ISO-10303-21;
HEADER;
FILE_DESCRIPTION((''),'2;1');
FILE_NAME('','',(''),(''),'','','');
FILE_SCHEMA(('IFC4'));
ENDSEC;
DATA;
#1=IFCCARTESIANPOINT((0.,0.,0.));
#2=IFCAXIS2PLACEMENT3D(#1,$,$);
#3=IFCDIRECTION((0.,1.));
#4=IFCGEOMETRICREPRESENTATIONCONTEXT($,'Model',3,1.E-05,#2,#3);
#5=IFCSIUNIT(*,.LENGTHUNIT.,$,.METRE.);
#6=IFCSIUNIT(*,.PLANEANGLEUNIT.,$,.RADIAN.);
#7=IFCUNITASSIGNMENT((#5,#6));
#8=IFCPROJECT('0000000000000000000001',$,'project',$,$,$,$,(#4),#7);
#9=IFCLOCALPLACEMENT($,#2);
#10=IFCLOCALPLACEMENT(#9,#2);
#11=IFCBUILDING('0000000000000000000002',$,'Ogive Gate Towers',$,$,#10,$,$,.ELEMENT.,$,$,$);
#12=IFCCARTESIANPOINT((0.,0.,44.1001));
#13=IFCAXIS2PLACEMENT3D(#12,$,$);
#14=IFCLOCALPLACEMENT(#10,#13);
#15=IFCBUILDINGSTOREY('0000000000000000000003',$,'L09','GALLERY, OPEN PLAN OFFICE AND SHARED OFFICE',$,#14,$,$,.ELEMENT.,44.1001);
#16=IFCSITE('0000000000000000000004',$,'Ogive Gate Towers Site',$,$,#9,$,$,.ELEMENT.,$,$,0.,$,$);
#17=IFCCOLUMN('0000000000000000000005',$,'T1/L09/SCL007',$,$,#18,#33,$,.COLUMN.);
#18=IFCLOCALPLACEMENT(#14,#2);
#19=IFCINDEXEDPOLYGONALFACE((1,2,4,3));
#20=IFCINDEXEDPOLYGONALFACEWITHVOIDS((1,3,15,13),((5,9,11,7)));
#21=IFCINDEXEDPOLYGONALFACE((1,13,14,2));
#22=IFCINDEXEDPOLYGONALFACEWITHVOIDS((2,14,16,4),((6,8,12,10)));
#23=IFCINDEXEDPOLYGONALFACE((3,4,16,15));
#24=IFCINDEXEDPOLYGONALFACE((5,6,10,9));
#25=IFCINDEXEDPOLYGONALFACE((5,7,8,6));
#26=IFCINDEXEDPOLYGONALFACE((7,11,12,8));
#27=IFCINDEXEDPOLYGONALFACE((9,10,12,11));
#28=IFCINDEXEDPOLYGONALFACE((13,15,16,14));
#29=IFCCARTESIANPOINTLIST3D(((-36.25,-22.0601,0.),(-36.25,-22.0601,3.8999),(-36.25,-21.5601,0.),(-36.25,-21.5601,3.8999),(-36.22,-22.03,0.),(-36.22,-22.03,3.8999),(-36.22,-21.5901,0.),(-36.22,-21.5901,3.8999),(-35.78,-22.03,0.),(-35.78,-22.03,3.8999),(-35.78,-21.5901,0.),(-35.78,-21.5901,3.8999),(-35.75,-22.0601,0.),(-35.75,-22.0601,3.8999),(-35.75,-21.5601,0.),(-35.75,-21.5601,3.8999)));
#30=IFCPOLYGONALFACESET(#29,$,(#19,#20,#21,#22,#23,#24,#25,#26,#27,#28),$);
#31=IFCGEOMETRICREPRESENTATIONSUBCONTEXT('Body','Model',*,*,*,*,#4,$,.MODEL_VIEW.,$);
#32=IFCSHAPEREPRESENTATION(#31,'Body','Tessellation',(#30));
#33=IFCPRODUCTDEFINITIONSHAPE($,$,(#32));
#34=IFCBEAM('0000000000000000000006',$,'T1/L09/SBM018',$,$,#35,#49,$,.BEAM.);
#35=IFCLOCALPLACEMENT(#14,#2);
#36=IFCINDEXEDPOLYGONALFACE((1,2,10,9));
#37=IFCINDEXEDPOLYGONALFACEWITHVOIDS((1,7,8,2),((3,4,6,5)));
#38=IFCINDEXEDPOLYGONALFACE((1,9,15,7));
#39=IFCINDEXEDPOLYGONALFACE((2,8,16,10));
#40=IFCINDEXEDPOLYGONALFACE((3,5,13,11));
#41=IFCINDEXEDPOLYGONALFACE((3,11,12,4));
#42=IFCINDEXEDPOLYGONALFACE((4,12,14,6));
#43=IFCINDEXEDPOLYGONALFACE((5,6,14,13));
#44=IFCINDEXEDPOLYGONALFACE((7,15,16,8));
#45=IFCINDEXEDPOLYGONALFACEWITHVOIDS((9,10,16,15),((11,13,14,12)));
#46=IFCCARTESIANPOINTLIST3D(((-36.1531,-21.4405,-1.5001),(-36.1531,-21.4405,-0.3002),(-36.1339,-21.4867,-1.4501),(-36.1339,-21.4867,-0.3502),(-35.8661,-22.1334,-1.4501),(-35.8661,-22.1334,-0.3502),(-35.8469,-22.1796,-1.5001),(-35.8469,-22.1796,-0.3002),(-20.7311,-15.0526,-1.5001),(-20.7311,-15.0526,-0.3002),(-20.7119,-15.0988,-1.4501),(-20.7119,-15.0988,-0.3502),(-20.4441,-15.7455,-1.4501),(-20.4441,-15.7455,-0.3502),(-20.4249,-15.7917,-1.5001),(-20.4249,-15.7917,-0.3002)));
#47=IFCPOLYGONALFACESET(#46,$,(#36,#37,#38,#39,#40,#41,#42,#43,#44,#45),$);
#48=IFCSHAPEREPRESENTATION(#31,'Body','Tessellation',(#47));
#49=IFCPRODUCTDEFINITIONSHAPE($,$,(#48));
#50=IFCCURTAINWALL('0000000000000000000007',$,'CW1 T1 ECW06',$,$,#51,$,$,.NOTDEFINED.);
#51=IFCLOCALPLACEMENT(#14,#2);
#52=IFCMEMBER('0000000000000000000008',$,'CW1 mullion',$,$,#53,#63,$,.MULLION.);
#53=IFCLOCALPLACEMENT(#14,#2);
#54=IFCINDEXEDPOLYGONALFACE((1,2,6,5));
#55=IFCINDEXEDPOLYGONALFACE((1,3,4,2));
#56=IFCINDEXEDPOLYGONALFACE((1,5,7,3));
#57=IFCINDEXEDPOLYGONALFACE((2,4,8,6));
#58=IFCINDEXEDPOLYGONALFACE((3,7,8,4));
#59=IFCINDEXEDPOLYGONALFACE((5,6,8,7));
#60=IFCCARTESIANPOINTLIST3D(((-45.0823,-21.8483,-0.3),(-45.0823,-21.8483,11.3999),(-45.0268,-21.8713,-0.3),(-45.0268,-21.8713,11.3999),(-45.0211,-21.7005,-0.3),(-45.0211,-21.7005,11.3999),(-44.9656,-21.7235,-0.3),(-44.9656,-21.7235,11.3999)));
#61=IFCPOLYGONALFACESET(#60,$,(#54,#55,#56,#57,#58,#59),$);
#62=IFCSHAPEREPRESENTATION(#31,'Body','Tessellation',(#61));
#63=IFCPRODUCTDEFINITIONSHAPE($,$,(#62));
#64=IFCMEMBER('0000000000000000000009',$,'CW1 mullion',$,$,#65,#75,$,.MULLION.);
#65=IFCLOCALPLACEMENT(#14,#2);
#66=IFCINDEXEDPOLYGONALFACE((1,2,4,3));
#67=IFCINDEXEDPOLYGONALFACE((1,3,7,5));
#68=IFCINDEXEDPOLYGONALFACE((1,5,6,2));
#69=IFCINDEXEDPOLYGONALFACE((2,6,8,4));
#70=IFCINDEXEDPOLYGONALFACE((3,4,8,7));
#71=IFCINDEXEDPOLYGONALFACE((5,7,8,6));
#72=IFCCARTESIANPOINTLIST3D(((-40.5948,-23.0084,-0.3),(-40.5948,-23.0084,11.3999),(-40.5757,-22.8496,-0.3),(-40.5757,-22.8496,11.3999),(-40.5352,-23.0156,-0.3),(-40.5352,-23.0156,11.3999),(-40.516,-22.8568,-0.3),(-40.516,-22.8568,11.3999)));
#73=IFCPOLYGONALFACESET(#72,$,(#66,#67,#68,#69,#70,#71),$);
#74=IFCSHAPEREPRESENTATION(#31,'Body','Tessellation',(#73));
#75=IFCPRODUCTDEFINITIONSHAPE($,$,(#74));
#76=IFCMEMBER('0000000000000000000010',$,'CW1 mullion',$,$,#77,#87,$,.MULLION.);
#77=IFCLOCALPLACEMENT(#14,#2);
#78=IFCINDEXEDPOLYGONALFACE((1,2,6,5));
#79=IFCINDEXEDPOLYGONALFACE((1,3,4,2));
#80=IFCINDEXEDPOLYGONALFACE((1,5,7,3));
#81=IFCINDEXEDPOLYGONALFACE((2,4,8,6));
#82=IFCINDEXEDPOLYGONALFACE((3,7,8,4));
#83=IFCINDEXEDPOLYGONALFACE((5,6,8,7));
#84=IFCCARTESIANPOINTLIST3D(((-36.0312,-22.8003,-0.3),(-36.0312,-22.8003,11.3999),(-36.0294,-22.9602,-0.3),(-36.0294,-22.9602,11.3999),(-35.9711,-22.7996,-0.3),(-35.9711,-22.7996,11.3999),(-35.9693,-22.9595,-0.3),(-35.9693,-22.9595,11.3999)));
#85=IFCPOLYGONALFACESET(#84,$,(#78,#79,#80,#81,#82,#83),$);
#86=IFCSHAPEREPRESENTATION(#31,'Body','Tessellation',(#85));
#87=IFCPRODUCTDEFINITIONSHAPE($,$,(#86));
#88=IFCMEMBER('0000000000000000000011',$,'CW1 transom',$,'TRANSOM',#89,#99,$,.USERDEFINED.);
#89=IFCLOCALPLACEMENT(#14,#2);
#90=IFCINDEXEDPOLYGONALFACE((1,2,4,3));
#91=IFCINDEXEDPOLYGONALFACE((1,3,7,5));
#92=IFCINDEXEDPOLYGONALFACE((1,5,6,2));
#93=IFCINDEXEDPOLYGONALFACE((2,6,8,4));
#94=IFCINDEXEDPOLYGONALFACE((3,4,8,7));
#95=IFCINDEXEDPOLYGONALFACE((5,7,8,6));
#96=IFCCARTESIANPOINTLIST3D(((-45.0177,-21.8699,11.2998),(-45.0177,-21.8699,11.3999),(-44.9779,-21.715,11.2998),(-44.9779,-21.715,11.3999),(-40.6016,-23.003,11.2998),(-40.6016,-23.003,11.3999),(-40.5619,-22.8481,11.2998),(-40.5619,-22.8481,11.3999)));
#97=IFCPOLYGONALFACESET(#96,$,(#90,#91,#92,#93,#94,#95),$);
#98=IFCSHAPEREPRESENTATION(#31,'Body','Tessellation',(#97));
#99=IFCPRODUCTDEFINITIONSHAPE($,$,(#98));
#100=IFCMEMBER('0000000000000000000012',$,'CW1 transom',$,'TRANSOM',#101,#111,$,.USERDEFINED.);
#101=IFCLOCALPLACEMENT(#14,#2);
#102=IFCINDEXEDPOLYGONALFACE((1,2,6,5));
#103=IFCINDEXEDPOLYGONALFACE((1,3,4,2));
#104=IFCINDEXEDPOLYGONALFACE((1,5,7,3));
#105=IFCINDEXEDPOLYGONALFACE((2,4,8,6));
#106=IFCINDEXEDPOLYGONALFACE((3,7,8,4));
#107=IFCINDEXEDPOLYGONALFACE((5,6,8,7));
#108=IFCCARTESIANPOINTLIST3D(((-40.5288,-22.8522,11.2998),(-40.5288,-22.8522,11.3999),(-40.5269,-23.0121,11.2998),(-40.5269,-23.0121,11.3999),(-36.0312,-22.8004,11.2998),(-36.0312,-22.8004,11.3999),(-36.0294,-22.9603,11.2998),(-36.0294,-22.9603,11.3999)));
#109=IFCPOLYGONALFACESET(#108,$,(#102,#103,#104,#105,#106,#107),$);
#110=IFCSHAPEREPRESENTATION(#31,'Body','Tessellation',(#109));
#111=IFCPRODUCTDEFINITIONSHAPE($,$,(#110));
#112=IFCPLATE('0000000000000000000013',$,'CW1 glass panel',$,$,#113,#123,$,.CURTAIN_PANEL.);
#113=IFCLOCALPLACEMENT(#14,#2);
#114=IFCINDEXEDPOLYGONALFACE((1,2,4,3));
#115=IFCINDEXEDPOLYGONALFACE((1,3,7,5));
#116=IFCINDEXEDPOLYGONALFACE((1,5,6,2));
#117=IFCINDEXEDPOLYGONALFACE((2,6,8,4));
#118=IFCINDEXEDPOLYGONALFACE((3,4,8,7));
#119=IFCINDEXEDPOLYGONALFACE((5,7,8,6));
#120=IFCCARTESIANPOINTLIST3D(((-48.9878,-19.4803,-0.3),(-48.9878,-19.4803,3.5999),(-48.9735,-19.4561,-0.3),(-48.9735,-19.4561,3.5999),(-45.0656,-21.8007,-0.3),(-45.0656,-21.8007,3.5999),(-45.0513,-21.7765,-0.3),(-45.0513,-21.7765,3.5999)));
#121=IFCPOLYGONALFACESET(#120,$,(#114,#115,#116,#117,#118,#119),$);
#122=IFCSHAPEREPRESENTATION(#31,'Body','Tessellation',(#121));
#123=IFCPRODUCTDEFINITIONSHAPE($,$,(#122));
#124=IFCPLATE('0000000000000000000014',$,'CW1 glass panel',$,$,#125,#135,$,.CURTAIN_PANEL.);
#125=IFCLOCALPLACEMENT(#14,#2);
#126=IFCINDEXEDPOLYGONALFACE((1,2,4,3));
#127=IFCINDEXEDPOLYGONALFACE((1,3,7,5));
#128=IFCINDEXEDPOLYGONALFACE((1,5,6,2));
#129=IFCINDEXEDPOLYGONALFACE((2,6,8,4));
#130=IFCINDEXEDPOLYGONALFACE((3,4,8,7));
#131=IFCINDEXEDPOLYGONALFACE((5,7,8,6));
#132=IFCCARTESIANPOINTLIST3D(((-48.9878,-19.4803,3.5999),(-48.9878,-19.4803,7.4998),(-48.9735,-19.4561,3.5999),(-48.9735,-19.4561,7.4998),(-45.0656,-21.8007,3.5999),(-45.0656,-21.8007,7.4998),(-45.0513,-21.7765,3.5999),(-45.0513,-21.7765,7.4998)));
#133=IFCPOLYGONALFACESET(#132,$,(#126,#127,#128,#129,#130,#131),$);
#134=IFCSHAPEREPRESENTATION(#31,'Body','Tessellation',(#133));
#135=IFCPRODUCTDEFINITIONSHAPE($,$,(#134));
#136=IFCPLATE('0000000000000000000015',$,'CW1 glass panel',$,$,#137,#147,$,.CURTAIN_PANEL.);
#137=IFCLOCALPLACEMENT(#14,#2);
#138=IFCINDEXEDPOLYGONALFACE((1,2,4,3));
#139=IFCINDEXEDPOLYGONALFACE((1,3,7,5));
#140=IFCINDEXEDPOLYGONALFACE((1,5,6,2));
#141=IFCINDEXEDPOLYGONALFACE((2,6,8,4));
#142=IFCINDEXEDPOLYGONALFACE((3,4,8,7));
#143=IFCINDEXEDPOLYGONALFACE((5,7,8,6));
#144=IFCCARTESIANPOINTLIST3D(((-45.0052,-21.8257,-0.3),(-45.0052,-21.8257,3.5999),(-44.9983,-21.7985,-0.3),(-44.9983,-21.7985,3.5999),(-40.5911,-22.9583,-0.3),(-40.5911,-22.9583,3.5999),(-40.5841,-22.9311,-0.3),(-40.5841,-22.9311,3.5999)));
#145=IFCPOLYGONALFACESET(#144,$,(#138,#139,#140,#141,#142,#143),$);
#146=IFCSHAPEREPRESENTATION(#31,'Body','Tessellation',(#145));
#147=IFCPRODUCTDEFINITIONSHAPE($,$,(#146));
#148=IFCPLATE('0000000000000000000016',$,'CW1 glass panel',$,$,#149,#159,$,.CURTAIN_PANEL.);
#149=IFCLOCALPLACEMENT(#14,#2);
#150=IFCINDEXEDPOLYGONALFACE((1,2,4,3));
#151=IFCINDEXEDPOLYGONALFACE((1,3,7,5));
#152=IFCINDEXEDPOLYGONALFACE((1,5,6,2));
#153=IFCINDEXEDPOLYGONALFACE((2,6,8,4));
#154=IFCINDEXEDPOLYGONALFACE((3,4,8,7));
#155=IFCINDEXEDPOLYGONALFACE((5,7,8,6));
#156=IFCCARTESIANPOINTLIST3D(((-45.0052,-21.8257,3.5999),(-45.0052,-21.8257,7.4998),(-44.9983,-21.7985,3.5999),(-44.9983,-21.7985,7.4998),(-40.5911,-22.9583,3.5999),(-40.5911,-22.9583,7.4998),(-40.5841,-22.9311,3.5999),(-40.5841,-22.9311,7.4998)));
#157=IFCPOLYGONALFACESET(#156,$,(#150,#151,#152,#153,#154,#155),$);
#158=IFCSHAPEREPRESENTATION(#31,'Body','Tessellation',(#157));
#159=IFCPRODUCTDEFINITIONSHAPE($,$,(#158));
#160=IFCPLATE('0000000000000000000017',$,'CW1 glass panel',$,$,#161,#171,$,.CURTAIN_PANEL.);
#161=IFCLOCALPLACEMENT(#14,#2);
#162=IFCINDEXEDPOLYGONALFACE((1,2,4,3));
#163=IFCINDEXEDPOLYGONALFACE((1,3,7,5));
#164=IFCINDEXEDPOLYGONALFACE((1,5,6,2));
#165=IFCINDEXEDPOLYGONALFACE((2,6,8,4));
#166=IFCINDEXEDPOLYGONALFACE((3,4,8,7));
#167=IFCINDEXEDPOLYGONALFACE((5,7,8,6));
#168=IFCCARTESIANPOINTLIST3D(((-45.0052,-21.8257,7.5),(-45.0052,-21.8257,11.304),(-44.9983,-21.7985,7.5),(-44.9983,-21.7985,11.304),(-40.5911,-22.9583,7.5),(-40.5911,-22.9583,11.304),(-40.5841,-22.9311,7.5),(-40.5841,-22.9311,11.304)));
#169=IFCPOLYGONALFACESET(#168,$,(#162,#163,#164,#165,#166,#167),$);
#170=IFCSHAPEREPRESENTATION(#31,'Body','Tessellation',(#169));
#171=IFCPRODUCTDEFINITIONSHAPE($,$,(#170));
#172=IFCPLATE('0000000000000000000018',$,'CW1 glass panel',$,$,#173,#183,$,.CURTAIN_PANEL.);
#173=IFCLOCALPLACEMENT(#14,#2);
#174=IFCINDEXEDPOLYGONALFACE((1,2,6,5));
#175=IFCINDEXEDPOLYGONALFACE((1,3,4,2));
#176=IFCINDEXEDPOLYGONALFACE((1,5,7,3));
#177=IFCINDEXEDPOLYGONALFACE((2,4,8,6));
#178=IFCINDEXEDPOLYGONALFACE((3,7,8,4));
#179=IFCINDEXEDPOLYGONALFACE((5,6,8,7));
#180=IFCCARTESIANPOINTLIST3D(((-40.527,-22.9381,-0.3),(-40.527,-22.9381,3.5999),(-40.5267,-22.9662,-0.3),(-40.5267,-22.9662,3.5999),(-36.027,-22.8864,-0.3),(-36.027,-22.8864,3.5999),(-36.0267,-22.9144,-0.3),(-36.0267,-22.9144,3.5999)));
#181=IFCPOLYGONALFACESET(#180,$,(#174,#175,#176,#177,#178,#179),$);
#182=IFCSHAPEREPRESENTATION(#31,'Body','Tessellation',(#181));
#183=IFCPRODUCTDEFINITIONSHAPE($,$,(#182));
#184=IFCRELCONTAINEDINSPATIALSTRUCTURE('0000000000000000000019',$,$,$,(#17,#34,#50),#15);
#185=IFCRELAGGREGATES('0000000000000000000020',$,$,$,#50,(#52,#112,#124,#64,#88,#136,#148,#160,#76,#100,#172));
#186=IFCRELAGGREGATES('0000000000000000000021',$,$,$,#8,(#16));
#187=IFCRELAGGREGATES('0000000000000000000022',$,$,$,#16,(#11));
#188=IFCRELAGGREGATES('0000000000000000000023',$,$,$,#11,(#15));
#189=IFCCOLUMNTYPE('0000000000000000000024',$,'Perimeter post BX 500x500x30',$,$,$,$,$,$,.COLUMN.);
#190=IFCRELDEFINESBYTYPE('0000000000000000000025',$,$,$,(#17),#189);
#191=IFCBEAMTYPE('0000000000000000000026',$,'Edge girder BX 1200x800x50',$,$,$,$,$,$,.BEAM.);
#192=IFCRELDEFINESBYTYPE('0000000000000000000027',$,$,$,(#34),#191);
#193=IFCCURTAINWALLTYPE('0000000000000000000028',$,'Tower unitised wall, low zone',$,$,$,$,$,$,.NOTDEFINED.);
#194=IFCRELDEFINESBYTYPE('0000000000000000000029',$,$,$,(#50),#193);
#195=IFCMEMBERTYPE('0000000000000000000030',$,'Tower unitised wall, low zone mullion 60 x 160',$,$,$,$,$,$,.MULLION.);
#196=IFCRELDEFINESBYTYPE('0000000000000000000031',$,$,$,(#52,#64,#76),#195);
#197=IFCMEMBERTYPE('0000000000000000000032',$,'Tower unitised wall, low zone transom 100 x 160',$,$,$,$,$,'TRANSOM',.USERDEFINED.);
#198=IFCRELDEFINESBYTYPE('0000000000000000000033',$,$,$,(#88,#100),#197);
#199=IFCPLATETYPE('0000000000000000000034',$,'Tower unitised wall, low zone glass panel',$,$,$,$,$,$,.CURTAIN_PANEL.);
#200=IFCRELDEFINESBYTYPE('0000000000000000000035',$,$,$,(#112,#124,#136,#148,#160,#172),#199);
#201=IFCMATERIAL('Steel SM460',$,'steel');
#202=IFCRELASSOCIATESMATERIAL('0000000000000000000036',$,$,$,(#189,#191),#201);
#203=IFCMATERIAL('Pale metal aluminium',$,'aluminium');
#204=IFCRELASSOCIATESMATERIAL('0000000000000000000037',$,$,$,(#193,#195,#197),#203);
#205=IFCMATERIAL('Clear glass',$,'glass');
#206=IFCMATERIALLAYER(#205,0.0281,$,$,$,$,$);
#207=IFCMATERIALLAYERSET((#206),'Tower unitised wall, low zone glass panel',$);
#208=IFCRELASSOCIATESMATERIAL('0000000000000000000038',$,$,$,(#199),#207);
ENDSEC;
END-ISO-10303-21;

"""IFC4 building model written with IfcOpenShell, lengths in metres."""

from ifc_helpers import new_model, si_unit, direction, frame, origin, origin_2d, place, context, subcontext, project, spatial, rectangle, hollow_rectangle, extrude, material, layer, layer_set, material_profile, profile_set, type_object, element, aggregate, save


model = new_model("IFC4")

# Units and contexts
model_context = context("Model", 3, precision=1e-05, world=origin(), true_north=direction((0.0, 1.0)))
body_context = subcontext(model_context, "Body", "Model", "MODEL_VIEW")
ifc_project = project(units=[si_unit("LENGTHUNIT", "METRE"), si_unit("PLANEANGLEUNIT", "RADIAN")], contexts=[model_context])

# Site, building, storey
site_placement = place(None, origin())
site = spatial("IfcSite", under=ifc_project, at=site_placement, Name="Ogive Gate Towers Site", CompositionType="ELEMENT", RefElevation=0.0)
building_placement = place(site_placement, origin())
building = spatial("IfcBuilding", under=site, at=building_placement, Name="Ogive Gate Towers", CompositionType="ELEMENT")
storey_placement = place(building_placement, frame((0.0, 0.0, 44.1001)))
storey = spatial("IfcBuildingStorey", under=building, at=storey_placement, Name="L09", Description="GALLERY, OPEN PLAN OFFICE AND SHARED OFFICE", CompositionType="ELEMENT", Elevation=44.1001)

# Column
ifc_material_1 = material(Name="Steel SM460", Category="steel")
ifc_material_profile_1 = material_profile(ifc_material_1, hollow_rectangle(XDim=0.5, YDim=0.5, WallThickness=0.03, at=origin_2d()), Name="BX 500x500x30")
ifc_profile_set_1 = profile_set([ifc_material_profile_1], Name="Steel SM460")
column_type = type_object("IfcColumnType", Name="Perimeter post BX 500x500x30", PredefinedType="COLUMN", material=ifc_profile_set_1)
column_placement = place(storey_placement, frame((-36.0, -21.8101, 0.0), z_axis=(0.0, 0.0, 1.0), x_axis=(1.0, 0.0, 0.0)))
element("IfcColumn", 1, at=column_placement, inside=storey, type_object=column_type, Name="T1/L09/SCL007", PredefinedType="COLUMN", context=body_context, shape_type="SweptSolid", body=[
    extrude(hollow_rectangle(XDim=0.5, YDim=0.5, WallThickness=0.03, at=origin_2d()), origin(), (0.0, 0.0, 1.0), 3.8999),
])

# Beam
ifc_material_profile_2 = material_profile(ifc_material_1, hollow_rectangle(XDim=0.8, YDim=1.2, WallThickness=0.05, at=origin_2d()), Name="BX 1200x800x50")
ifc_profile_set_2 = profile_set([ifc_material_profile_2], Name="Steel SM460")
beam_type = type_object("IfcBeamType", Name="Edge girder BX 1200x800x50", PredefinedType="BEAM", material=ifc_profile_set_2)
beam_placement = place(storey_placement, frame((-36.0, -21.8101, -0.9001), z_axis=(0.923882, 0.382678, 0.0), x_axis=(-0.382678, 0.923882, 0.0)))
element("IfcBeam", 2, at=beam_placement, inside=storey, type_object=beam_type, Name="T1/L09/SBM018", PredefinedType="BEAM", context=body_context, shape_type="SweptSolid", body=[
    extrude(hollow_rectangle(XDim=0.8, YDim=1.2, WallThickness=0.05, at=origin_2d()), origin(), (0.0, 0.0, 1.0), 16.6926),
])

# Curtain wall, members, plates
ifc_material_2 = material(Name="Pale metal aluminium", Category="aluminium")
curtain_wall_type = type_object("IfcCurtainWallType", Name="Tower unitised wall, low zone", PredefinedType="NOTDEFINED", material=ifc_material_2)
curtain_wall_placement = place(storey_placement, origin())
curtain_wall = element("IfcCurtainWall", 3, at=curtain_wall_placement, inside=storey, type_object=curtain_wall_type, Name="CW1 T1 ECW06", PredefinedType="NOTDEFINED")
ifc_material_profile_3 = material_profile(ifc_material_2, rectangle(XDim=0.1599, YDim=0.0601, at=origin_2d()), Name="60 x 160 aluminium box")
ifc_profile_set_3 = profile_set([ifc_material_profile_3], Name="Pale metal aluminium")
member_type_1 = type_object("IfcMemberType", Name="Tower unitised wall, low zone mullion 60 x 160", PredefinedType="MULLION", material=ifc_profile_set_3)
member_1_placement = place(storey_placement, frame((-45.0239, -21.7859, -0.3), z_axis=(0.0, 0.0, 1.0), x_axis=(-0.382683, -0.92388, 0.0)))
member_1 = element("IfcMember", 4, at=member_1_placement, type_object=member_type_1, Name="CW1 mullion", PredefinedType="MULLION", context=body_context, shape_type="SweptSolid", body=[
    extrude(rectangle(XDim=0.1599, YDim=0.0601, at=origin_2d()), origin(), (0.0, 0.0, 1.0), 11.7),
])
member_2_placement = place(storey_placement, frame((-40.5554, -22.9326, -0.3), z_axis=(0.0, 0.0, 1.0), x_axis=(-0.119548, -0.992828, 0.0)))
member_2 = element("IfcMember", 5, at=member_2_placement, type_object=member_type_1, Name="CW1 mullion", PredefinedType="MULLION", context=body_context, shape_type="SweptSolid", body=[
    extrude(rectangle(XDim=0.1599, YDim=0.0601, at=origin_2d()), origin(), (0.0, 0.0, 1.0), 11.7),
])
member_3_placement = place(storey_placement, frame((-36.0002, -22.8799, -0.3), z_axis=(0.0, 0.0, 1.0), x_axis=(0.011501, -0.999934, 0.0)))
member_3 = element("IfcMember", 6, at=member_3_placement, type_object=member_type_1, Name="CW1 mullion", PredefinedType="MULLION", context=body_context, shape_type="SweptSolid", body=[
    extrude(rectangle(XDim=0.1599, YDim=0.0601, at=origin_2d()), origin(), (0.0, 0.0, 1.0), 11.7),
])
ifc_material_profile_4 = material_profile(ifc_material_2, rectangle(XDim=0.1599, YDim=0.1001, at=origin_2d()), Name="100 x 160 aluminium box")
ifc_profile_set_4 = profile_set([ifc_material_profile_4], Name="Pale metal aluminium")
member_type_2 = type_object("IfcMemberType", Name="Tower unitised wall, low zone transom 100 x 160", ElementType="TRANSOM", PredefinedType="USERDEFINED", material=ifc_profile_set_4)
member_4_placement = place(storey_placement, frame((-44.9978, -21.7925, 11.3499), z_axis=(0.968625, -0.248529, 0.0), x_axis=(0.248529, 0.968625, 0.0)))
member_4 = element("IfcMember", 7, at=member_4_placement, type_object=member_type_2, Name="CW1 transom", ObjectType="TRANSOM", PredefinedType="USERDEFINED", context=body_context, shape_type="SweptSolid", body=[
    extrude(rectangle(XDim=0.1599, YDim=0.1001, at=origin_2d()), origin(), (0.0, 0.0, 1.0), 4.5591),
])
member_5_placement = place(storey_placement, frame((-40.5278, -22.9321, 11.3499), z_axis=(0.999934, 0.011507, 0.0), x_axis=(-0.011507, 0.999934, 0.0)))
member_5 = element("IfcMember", 8, at=member_5_placement, type_object=member_type_2, Name="CW1 transom", ObjectType="TRANSOM", PredefinedType="USERDEFINED", context=body_context, shape_type="SweptSolid", body=[
    extrude(rectangle(XDim=0.1599, YDim=0.1001, at=origin_2d()), origin(), (0.0, 0.0, 1.0), 4.4978),
])
ifc_material_3 = material(Name="Clear glass", Category="glass")
ifc_layer_1 = layer(ifc_material_3, 0.0281)
ifc_layer_set_1 = layer_set([ifc_layer_1], Name="Tower unitised wall, low zone glass panel")
plate_type = type_object("IfcPlateType", Name="Tower unitised wall, low zone glass panel", PredefinedType="CURTAIN_PANEL", material=ifc_layer_set_1)
plate_1_placement = place(storey_placement, frame((-47.0195, -20.6284, -0.3), z_axis=(0.0, 0.0, 1.0), x_axis=(0.860662, -0.509177, 0.0)))
plate_1 = element("IfcPlate", 9, at=plate_1_placement, type_object=plate_type, Name="CW1 glass panel", PredefinedType="CURTAIN_PANEL", context=body_context, shape_type="SweptSolid", body=[
    extrude(rectangle(XDim=4.5571, YDim=0.0281, at=origin_2d()), origin(), (0.0, 0.0, 1.0), 3.8999),
])
plate_2_placement = place(storey_placement, frame((-47.0195, -20.6284, 3.5999), z_axis=(0.0, 0.0, 1.0), x_axis=(0.860662, -0.509177, 0.0)))
plate_2 = element("IfcPlate", 10, at=plate_2_placement, type_object=plate_type, Name="CW1 glass panel", PredefinedType="CURTAIN_PANEL", context=body_context, shape_type="SweptSolid", body=[
    extrude(rectangle(XDim=4.5571, YDim=0.0281, at=origin_2d()), origin(), (0.0, 0.0, 1.0), 3.8999),
])
plate_3_placement = place(storey_placement, frame((-42.7947, -22.3784, -0.3), z_axis=(0.0, 0.0, 1.0), x_axis=(0.968627, -0.248521, 0.0)))
plate_3 = element("IfcPlate", 11, at=plate_3_placement, type_object=plate_type, Name="CW1 glass panel", PredefinedType="CURTAIN_PANEL", context=body_context, shape_type="SweptSolid", body=[
    extrude(rectangle(XDim=4.5571, YDim=0.0281, at=origin_2d()), origin(), (0.0, 0.0, 1.0), 3.8999),
])
plate_4_placement = place(storey_placement, frame((-42.7947, -22.3784, 3.5999), z_axis=(0.0, 0.0, 1.0), x_axis=(0.968627, -0.248521, 0.0)))
plate_4 = element("IfcPlate", 12, at=plate_4_placement, type_object=plate_type, Name="CW1 glass panel", PredefinedType="CURTAIN_PANEL", context=body_context, shape_type="SweptSolid", body=[
    extrude(rectangle(XDim=4.5571, YDim=0.0281, at=origin_2d()), origin(), (0.0, 0.0, 1.0), 3.8999),
])
plate_5_placement = place(storey_placement, frame((-42.7947, -22.3784, 7.5), z_axis=(0.0, 0.0, 1.0), x_axis=(0.968627, -0.248521, 0.0)))
plate_5 = element("IfcPlate", 13, at=plate_5_placement, type_object=plate_type, Name="CW1 glass panel", PredefinedType="CURTAIN_PANEL", context=body_context, shape_type="SweptSolid", body=[
    extrude(rectangle(XDim=4.5571, YDim=0.0281, at=origin_2d()), origin(), (0.0, 0.0, 1.0), 3.804),
])
plate_6_placement = place(storey_placement, frame((-38.2769, -22.9263, -0.3), z_axis=(0.0, 0.0, 1.0), x_axis=(0.999934, 0.011501, 0.0)))
plate_6 = element("IfcPlate", 14, at=plate_6_placement, type_object=plate_type, Name="CW1 glass panel", PredefinedType="CURTAIN_PANEL", context=body_context, shape_type="SweptSolid", body=[
    extrude(rectangle(XDim=4.5002, YDim=0.0281, at=origin_2d()), origin(), (0.0, 0.0, 1.0), 3.8999),
])
aggregate(curtain_wall, [member_1, plate_1, plate_2, member_2, member_4, plate_3, plate_4, plate_5, member_3, member_5, plate_6])

save(model, "model.ifc")
